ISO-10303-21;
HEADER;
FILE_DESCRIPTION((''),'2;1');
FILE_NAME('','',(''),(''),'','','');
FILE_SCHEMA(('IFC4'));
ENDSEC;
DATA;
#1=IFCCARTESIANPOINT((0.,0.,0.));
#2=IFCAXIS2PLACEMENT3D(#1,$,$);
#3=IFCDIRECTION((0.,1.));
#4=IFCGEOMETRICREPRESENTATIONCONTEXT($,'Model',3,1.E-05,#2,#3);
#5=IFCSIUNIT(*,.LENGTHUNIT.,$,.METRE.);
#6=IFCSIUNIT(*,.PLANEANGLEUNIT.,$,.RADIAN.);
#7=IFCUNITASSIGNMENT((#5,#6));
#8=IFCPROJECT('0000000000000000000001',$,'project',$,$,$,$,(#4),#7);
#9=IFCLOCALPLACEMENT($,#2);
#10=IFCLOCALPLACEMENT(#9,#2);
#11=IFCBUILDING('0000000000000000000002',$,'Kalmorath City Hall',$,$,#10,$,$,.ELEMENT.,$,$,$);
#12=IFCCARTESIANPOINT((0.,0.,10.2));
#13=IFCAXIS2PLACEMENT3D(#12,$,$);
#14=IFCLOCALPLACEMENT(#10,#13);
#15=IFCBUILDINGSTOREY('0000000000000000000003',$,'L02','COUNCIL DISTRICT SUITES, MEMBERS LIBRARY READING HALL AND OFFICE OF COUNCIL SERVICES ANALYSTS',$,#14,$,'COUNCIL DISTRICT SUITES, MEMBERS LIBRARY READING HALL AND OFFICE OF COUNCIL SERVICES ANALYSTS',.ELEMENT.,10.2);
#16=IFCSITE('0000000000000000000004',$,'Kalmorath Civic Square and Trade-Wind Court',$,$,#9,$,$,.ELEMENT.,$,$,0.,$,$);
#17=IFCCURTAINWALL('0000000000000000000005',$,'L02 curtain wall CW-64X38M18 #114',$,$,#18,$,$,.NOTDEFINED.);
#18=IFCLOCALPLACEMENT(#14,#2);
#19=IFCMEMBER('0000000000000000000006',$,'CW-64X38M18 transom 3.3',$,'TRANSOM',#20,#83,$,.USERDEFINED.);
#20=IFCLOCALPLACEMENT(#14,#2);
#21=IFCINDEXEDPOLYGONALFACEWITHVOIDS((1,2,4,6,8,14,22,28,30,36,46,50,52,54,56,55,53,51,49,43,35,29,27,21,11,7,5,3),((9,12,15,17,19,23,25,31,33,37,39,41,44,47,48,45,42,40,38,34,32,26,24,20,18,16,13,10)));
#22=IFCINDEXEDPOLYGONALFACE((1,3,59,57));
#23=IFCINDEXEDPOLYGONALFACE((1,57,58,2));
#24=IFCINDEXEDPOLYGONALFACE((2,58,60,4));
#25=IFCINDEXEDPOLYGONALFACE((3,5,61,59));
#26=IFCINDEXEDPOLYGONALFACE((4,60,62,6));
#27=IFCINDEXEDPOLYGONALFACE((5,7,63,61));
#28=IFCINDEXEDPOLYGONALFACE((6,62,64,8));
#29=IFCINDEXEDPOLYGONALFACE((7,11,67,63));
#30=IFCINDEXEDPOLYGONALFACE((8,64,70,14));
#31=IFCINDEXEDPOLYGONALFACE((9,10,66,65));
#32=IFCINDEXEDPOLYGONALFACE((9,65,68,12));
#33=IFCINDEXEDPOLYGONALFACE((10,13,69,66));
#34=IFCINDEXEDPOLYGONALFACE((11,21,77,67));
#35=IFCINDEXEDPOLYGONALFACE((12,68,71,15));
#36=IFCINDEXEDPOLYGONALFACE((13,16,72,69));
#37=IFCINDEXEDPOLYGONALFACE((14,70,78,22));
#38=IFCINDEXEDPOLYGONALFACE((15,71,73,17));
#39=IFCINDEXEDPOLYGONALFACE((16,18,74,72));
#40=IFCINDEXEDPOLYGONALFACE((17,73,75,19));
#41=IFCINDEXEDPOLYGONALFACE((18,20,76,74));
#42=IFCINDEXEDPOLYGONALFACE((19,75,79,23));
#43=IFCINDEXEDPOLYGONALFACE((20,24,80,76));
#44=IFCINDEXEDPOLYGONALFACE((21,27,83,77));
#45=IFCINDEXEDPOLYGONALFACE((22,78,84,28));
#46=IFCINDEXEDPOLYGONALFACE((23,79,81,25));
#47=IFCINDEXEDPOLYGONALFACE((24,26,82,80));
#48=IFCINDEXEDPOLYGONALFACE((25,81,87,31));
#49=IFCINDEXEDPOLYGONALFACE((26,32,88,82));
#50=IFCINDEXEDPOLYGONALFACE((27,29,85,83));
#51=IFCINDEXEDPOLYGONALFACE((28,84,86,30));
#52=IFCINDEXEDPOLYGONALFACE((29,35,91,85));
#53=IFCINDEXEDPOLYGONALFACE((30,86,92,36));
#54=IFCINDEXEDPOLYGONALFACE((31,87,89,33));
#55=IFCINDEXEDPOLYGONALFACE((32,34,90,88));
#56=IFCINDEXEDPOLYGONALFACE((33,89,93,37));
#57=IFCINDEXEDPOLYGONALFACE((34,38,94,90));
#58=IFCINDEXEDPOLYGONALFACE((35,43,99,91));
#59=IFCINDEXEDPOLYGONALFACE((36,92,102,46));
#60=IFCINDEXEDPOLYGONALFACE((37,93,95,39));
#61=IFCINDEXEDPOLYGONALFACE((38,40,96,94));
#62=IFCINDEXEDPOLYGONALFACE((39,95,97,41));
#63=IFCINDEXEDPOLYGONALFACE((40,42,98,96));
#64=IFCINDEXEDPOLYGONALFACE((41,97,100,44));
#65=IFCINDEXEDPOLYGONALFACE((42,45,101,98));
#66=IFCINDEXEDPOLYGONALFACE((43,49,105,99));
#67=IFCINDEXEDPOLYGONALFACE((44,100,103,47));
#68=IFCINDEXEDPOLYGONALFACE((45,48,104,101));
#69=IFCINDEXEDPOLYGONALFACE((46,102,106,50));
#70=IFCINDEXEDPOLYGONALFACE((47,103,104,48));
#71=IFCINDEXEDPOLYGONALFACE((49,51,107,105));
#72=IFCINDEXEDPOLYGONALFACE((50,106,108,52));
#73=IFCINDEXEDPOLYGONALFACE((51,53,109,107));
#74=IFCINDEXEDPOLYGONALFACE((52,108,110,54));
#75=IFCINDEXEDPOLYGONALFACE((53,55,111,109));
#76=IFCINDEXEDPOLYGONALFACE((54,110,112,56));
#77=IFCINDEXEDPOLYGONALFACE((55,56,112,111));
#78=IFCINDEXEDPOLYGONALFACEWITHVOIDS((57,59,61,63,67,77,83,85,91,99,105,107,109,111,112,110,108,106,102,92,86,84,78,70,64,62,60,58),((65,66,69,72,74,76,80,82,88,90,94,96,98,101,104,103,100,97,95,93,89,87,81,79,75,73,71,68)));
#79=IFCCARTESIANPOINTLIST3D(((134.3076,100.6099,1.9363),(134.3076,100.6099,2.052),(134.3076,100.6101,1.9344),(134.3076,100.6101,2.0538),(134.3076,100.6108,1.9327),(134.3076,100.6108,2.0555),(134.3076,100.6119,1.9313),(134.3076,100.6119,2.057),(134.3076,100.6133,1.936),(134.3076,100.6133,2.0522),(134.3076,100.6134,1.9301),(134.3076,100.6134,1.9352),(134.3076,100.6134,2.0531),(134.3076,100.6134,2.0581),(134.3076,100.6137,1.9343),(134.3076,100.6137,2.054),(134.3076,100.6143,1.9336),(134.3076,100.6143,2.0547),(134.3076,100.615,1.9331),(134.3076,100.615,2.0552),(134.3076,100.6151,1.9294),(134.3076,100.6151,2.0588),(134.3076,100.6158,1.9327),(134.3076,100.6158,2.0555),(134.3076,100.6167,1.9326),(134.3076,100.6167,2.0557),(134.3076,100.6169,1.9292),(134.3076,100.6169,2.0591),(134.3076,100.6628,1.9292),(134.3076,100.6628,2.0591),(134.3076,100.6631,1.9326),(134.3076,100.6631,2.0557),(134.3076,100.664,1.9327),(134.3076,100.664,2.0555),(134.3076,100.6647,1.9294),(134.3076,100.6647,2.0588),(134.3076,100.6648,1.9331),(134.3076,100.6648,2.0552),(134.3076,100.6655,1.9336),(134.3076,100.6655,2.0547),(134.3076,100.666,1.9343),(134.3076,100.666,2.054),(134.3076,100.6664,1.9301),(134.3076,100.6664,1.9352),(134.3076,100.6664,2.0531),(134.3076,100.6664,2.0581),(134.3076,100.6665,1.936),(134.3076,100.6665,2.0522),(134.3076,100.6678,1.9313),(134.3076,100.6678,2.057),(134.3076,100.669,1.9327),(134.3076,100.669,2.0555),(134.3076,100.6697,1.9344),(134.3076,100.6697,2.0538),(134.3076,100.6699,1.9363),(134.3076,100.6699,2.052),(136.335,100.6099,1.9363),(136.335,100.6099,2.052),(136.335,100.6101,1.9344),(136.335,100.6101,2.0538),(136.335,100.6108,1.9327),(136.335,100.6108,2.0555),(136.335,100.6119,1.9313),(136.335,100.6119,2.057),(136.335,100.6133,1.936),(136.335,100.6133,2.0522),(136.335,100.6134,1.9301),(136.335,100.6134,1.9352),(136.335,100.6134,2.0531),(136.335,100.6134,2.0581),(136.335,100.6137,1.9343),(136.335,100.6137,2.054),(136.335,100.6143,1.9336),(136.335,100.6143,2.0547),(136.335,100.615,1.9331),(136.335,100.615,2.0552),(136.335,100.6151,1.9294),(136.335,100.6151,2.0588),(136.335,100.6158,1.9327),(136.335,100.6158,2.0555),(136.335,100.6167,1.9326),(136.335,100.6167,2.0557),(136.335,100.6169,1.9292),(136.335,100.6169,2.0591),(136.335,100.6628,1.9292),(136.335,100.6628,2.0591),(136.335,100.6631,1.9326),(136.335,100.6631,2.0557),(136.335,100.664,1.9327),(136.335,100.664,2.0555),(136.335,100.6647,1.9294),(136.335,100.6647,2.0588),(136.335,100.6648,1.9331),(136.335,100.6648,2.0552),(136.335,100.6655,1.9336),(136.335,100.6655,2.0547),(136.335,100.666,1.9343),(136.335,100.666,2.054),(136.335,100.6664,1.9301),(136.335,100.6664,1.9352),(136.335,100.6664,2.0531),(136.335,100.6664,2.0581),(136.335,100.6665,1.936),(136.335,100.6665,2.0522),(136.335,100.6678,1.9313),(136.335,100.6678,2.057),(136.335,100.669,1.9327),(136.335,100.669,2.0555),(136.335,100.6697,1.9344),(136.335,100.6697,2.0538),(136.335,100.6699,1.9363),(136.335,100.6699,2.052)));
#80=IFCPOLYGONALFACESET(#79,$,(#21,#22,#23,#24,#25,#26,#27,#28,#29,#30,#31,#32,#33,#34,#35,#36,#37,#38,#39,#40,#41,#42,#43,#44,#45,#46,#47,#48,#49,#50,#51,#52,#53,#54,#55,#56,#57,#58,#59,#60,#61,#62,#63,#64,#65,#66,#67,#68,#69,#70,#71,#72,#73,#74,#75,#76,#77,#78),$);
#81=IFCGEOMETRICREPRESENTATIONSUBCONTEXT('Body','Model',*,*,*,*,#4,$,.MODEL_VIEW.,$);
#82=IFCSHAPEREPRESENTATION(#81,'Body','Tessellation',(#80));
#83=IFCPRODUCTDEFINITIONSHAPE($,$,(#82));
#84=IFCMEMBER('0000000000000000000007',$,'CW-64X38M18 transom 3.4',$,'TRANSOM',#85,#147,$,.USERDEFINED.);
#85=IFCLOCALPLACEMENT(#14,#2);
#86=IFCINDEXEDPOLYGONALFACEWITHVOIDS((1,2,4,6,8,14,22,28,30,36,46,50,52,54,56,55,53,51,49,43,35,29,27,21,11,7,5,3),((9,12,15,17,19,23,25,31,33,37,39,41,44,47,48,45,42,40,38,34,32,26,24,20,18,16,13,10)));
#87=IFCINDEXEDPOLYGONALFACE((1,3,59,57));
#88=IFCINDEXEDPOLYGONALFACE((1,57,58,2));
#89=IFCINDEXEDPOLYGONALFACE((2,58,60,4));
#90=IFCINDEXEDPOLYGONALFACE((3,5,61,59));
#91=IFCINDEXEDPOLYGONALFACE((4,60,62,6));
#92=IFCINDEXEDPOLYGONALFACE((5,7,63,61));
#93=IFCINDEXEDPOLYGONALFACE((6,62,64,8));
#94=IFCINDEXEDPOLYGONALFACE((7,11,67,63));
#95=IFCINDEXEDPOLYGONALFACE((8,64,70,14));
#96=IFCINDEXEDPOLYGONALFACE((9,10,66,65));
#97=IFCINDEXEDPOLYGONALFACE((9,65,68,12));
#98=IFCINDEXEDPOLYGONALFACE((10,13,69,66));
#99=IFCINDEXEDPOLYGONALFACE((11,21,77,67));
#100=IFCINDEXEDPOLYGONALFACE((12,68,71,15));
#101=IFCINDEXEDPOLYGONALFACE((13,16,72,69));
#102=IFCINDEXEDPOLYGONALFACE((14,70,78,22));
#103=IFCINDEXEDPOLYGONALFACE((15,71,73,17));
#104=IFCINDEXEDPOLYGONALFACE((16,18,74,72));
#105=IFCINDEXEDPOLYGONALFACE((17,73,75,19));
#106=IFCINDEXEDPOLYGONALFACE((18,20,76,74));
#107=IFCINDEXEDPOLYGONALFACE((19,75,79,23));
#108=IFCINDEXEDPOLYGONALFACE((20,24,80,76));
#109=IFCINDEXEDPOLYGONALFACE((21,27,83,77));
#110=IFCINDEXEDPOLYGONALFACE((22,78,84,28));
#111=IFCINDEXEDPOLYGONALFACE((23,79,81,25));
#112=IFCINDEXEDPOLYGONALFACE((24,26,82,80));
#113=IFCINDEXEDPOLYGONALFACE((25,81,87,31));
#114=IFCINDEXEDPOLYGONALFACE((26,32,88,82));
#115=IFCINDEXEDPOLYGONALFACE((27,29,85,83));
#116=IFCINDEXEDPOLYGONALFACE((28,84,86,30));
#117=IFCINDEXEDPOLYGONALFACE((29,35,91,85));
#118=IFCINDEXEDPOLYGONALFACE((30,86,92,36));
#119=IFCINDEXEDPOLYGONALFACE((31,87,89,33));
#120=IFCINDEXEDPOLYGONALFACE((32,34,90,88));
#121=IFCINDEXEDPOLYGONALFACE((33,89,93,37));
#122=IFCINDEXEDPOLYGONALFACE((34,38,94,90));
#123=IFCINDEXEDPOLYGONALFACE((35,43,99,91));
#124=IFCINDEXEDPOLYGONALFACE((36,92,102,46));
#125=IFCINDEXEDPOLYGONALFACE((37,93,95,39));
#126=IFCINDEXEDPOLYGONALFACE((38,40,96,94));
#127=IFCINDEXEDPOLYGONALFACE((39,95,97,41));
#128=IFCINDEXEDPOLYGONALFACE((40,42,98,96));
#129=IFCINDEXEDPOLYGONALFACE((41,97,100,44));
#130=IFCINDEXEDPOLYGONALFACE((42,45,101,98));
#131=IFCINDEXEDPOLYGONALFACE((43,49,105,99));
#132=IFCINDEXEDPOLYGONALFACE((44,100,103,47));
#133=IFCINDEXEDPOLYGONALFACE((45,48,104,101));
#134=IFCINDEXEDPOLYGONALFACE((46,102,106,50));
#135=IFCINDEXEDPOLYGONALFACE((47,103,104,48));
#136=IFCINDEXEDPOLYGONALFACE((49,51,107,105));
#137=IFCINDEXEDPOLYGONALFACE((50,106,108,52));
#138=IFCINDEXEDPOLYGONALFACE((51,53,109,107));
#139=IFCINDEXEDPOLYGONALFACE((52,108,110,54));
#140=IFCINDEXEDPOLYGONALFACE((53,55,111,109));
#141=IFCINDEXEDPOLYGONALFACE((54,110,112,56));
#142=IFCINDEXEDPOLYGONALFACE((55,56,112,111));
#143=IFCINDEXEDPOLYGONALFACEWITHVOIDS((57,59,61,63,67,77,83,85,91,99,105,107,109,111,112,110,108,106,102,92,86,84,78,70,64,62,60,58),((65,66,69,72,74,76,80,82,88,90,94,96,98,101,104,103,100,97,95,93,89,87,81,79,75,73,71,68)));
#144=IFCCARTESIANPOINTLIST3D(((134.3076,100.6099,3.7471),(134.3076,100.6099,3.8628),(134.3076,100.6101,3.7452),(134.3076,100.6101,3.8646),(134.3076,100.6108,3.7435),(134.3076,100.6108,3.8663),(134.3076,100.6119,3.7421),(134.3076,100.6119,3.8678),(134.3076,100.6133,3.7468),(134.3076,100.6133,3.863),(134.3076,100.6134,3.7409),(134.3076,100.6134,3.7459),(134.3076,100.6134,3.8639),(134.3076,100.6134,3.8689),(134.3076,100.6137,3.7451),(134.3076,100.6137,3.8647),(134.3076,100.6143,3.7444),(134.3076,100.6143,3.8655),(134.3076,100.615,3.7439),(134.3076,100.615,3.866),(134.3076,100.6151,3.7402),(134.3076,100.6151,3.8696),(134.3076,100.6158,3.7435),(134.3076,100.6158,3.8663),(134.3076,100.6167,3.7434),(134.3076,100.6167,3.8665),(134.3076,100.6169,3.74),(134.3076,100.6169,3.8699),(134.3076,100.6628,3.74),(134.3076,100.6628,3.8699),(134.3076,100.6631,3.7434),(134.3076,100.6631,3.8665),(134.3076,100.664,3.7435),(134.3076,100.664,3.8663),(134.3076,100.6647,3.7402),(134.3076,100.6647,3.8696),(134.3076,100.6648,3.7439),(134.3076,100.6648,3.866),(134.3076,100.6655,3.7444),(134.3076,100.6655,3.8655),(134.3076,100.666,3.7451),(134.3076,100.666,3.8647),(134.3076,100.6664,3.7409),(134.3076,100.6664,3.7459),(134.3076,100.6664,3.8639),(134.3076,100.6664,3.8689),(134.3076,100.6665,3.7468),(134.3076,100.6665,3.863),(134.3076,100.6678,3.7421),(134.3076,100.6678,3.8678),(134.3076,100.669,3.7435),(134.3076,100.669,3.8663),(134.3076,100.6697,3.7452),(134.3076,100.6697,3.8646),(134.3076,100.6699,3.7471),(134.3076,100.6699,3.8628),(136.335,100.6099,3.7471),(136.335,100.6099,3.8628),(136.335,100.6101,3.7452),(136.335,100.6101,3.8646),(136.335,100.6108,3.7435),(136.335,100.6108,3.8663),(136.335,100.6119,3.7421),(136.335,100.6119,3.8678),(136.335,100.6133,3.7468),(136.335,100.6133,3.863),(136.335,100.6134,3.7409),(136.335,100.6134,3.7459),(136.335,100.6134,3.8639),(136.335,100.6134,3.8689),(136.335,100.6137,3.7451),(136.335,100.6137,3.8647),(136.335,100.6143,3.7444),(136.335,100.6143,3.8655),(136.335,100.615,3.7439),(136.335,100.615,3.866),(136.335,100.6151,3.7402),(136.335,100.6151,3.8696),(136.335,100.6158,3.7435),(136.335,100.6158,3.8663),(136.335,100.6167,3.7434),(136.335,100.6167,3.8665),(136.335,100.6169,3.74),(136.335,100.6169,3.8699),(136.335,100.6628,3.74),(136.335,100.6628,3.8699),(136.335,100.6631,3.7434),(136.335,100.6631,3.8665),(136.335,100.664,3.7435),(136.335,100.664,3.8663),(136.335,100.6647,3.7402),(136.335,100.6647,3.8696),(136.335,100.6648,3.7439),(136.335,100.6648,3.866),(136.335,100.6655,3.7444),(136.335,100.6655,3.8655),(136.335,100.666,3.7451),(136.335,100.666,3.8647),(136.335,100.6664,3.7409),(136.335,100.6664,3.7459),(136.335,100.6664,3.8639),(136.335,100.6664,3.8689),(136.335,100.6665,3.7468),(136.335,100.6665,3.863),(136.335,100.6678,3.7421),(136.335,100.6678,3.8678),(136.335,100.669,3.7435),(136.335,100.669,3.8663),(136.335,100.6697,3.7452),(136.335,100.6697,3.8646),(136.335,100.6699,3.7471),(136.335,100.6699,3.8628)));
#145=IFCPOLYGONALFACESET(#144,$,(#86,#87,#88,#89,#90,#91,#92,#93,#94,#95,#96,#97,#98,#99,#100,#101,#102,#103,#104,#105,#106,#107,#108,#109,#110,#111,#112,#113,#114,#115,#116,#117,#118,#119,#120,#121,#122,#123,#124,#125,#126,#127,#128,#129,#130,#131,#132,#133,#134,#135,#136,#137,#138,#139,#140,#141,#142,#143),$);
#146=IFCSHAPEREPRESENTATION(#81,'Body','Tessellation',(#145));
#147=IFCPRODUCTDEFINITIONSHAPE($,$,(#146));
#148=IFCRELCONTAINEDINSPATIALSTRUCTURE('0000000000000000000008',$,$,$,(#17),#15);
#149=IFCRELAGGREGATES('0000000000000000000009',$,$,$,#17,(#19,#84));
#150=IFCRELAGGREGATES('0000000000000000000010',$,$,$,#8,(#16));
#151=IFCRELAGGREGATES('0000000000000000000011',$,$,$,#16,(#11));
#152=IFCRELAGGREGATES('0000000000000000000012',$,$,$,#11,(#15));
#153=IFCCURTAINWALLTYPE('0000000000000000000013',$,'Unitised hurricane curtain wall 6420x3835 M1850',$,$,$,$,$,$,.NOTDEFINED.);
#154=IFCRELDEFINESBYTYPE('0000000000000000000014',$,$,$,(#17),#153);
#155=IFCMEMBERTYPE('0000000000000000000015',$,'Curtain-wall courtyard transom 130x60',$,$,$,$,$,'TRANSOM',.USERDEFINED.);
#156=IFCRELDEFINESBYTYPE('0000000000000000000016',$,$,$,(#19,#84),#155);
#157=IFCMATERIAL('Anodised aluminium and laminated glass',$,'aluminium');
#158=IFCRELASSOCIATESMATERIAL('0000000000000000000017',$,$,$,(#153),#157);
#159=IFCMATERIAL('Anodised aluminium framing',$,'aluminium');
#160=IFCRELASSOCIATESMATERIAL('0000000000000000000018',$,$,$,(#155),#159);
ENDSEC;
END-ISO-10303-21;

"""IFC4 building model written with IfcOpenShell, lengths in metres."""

from ifc_helpers import new_model, si_unit, direction, frame, origin, origin_2d, place, context, subcontext, project, spatial, hollow_rectangle, extrude, material, material_profile, profile_set, type_object, element, aggregate, save


model = new_model("IFC4")

# Units and contexts
model_context = context("Model", 3, precision=1e-05, world=origin(), true_north=direction((0.0, 1.0)))
body_context = subcontext(model_context, "Body", "Model", "MODEL_VIEW")
ifc_project = project(units=[si_unit("LENGTHUNIT", "METRE"), si_unit("PLANEANGLEUNIT", "RADIAN")], contexts=[model_context])

# Site, building, storey
site_placement = place(None, origin())
site = spatial("IfcSite", under=ifc_project, at=site_placement, Name="Kalmorath Civic Square and Trade-Wind Court", CompositionType="ELEMENT", RefElevation=0.0)
building_placement = place(site_placement, origin())
building = spatial("IfcBuilding", under=site, at=building_placement, Name="Kalmorath City Hall", CompositionType="ELEMENT")
storey_placement = place(building_placement, frame((0.0, 0.0, 10.2)))
storey = spatial("IfcBuildingStorey", under=building, at=storey_placement, Name="L02", Description="COUNCIL DISTRICT SUITES, MEMBERS LIBRARY READING HALL AND OFFICE OF COUNCIL SERVICES ANALYSTS", LongName="COUNCIL DISTRICT SUITES, MEMBERS LIBRARY READING HALL AND OFFICE OF COUNCIL SERVICES ANALYSTS", CompositionType="ELEMENT", Elevation=10.2)

# Curtain wall, members
ifc_material_1 = material(Name="Anodised aluminium and laminated glass", Category="aluminium")
curtain_wall_type = type_object("IfcCurtainWallType", Name="Unitised hurricane curtain wall 6420x3835 M1850", PredefinedType="NOTDEFINED", material=ifc_material_1)
curtain_wall_placement = place(storey_placement, origin())
curtain_wall = element("IfcCurtainWall", 1, at=curtain_wall_placement, inside=storey, type_object=curtain_wall_type, Name="L02 curtain wall CW-64X38M18 #114", PredefinedType="NOTDEFINED")
ifc_material_2 = material(Name="Anodised aluminium framing", Category="aluminium")
ifc_material_profile_1 = material_profile(ifc_material_2, hollow_rectangle(XDim=0.0601, YDim=0.1299, WallThickness=0.0034, InnerFilletRadius=0.0034, OuterFilletRadius=0.0071, at=origin_2d()), Name="ALU-TRN-130X60X3.5")
ifc_profile_set_1 = profile_set([ifc_material_profile_1], Name="Anodised aluminium framing")
member_type_1 = type_object("IfcMemberType", Name="Curtain-wall courtyard transom 130x60", ElementType="TRANSOM", PredefinedType="USERDEFINED", material=ifc_profile_set_1)
member_1_placement = place(storey_placement, frame((134.3076, 100.6399, 1.9941), z_axis=(1.0, 0.0, 0.0), x_axis=(0.0, 1.0, 0.0)))
member_1 = element("IfcMember", 2, at=member_1_placement, type_object=member_type_1, Name="CW-64X38M18 transom 3.3", ObjectType="TRANSOM", PredefinedType="USERDEFINED", context=body_context, shape_type="SweptSolid", body=[
    extrude(hollow_rectangle(XDim=0.0601, YDim=0.1299, WallThickness=0.0034, InnerFilletRadius=0.0034, OuterFilletRadius=0.0071, at=origin_2d()), origin(), (0.0, 0.0, 1.0), 2.0273),
])
member_2_placement = place(storey_placement, frame((134.3076, 100.6399, 3.8049), z_axis=(1.0, 0.0, 0.0), x_axis=(0.0, 1.0, 0.0)))
member_2 = element("IfcMember", 3, at=member_2_placement, type_object=member_type_1, Name="CW-64X38M18 transom 3.4", ObjectType="TRANSOM", PredefinedType="USERDEFINED", context=body_context, shape_type="SweptSolid", body=[
    extrude(hollow_rectangle(XDim=0.0601, YDim=0.1299, WallThickness=0.0034, InnerFilletRadius=0.0034, OuterFilletRadius=0.0071, at=origin_2d()), origin(), (0.0, 0.0, 1.0), 2.0273),
])

aggregate(curtain_wall, [member_1, member_2])

save(model, "model.ifc")
